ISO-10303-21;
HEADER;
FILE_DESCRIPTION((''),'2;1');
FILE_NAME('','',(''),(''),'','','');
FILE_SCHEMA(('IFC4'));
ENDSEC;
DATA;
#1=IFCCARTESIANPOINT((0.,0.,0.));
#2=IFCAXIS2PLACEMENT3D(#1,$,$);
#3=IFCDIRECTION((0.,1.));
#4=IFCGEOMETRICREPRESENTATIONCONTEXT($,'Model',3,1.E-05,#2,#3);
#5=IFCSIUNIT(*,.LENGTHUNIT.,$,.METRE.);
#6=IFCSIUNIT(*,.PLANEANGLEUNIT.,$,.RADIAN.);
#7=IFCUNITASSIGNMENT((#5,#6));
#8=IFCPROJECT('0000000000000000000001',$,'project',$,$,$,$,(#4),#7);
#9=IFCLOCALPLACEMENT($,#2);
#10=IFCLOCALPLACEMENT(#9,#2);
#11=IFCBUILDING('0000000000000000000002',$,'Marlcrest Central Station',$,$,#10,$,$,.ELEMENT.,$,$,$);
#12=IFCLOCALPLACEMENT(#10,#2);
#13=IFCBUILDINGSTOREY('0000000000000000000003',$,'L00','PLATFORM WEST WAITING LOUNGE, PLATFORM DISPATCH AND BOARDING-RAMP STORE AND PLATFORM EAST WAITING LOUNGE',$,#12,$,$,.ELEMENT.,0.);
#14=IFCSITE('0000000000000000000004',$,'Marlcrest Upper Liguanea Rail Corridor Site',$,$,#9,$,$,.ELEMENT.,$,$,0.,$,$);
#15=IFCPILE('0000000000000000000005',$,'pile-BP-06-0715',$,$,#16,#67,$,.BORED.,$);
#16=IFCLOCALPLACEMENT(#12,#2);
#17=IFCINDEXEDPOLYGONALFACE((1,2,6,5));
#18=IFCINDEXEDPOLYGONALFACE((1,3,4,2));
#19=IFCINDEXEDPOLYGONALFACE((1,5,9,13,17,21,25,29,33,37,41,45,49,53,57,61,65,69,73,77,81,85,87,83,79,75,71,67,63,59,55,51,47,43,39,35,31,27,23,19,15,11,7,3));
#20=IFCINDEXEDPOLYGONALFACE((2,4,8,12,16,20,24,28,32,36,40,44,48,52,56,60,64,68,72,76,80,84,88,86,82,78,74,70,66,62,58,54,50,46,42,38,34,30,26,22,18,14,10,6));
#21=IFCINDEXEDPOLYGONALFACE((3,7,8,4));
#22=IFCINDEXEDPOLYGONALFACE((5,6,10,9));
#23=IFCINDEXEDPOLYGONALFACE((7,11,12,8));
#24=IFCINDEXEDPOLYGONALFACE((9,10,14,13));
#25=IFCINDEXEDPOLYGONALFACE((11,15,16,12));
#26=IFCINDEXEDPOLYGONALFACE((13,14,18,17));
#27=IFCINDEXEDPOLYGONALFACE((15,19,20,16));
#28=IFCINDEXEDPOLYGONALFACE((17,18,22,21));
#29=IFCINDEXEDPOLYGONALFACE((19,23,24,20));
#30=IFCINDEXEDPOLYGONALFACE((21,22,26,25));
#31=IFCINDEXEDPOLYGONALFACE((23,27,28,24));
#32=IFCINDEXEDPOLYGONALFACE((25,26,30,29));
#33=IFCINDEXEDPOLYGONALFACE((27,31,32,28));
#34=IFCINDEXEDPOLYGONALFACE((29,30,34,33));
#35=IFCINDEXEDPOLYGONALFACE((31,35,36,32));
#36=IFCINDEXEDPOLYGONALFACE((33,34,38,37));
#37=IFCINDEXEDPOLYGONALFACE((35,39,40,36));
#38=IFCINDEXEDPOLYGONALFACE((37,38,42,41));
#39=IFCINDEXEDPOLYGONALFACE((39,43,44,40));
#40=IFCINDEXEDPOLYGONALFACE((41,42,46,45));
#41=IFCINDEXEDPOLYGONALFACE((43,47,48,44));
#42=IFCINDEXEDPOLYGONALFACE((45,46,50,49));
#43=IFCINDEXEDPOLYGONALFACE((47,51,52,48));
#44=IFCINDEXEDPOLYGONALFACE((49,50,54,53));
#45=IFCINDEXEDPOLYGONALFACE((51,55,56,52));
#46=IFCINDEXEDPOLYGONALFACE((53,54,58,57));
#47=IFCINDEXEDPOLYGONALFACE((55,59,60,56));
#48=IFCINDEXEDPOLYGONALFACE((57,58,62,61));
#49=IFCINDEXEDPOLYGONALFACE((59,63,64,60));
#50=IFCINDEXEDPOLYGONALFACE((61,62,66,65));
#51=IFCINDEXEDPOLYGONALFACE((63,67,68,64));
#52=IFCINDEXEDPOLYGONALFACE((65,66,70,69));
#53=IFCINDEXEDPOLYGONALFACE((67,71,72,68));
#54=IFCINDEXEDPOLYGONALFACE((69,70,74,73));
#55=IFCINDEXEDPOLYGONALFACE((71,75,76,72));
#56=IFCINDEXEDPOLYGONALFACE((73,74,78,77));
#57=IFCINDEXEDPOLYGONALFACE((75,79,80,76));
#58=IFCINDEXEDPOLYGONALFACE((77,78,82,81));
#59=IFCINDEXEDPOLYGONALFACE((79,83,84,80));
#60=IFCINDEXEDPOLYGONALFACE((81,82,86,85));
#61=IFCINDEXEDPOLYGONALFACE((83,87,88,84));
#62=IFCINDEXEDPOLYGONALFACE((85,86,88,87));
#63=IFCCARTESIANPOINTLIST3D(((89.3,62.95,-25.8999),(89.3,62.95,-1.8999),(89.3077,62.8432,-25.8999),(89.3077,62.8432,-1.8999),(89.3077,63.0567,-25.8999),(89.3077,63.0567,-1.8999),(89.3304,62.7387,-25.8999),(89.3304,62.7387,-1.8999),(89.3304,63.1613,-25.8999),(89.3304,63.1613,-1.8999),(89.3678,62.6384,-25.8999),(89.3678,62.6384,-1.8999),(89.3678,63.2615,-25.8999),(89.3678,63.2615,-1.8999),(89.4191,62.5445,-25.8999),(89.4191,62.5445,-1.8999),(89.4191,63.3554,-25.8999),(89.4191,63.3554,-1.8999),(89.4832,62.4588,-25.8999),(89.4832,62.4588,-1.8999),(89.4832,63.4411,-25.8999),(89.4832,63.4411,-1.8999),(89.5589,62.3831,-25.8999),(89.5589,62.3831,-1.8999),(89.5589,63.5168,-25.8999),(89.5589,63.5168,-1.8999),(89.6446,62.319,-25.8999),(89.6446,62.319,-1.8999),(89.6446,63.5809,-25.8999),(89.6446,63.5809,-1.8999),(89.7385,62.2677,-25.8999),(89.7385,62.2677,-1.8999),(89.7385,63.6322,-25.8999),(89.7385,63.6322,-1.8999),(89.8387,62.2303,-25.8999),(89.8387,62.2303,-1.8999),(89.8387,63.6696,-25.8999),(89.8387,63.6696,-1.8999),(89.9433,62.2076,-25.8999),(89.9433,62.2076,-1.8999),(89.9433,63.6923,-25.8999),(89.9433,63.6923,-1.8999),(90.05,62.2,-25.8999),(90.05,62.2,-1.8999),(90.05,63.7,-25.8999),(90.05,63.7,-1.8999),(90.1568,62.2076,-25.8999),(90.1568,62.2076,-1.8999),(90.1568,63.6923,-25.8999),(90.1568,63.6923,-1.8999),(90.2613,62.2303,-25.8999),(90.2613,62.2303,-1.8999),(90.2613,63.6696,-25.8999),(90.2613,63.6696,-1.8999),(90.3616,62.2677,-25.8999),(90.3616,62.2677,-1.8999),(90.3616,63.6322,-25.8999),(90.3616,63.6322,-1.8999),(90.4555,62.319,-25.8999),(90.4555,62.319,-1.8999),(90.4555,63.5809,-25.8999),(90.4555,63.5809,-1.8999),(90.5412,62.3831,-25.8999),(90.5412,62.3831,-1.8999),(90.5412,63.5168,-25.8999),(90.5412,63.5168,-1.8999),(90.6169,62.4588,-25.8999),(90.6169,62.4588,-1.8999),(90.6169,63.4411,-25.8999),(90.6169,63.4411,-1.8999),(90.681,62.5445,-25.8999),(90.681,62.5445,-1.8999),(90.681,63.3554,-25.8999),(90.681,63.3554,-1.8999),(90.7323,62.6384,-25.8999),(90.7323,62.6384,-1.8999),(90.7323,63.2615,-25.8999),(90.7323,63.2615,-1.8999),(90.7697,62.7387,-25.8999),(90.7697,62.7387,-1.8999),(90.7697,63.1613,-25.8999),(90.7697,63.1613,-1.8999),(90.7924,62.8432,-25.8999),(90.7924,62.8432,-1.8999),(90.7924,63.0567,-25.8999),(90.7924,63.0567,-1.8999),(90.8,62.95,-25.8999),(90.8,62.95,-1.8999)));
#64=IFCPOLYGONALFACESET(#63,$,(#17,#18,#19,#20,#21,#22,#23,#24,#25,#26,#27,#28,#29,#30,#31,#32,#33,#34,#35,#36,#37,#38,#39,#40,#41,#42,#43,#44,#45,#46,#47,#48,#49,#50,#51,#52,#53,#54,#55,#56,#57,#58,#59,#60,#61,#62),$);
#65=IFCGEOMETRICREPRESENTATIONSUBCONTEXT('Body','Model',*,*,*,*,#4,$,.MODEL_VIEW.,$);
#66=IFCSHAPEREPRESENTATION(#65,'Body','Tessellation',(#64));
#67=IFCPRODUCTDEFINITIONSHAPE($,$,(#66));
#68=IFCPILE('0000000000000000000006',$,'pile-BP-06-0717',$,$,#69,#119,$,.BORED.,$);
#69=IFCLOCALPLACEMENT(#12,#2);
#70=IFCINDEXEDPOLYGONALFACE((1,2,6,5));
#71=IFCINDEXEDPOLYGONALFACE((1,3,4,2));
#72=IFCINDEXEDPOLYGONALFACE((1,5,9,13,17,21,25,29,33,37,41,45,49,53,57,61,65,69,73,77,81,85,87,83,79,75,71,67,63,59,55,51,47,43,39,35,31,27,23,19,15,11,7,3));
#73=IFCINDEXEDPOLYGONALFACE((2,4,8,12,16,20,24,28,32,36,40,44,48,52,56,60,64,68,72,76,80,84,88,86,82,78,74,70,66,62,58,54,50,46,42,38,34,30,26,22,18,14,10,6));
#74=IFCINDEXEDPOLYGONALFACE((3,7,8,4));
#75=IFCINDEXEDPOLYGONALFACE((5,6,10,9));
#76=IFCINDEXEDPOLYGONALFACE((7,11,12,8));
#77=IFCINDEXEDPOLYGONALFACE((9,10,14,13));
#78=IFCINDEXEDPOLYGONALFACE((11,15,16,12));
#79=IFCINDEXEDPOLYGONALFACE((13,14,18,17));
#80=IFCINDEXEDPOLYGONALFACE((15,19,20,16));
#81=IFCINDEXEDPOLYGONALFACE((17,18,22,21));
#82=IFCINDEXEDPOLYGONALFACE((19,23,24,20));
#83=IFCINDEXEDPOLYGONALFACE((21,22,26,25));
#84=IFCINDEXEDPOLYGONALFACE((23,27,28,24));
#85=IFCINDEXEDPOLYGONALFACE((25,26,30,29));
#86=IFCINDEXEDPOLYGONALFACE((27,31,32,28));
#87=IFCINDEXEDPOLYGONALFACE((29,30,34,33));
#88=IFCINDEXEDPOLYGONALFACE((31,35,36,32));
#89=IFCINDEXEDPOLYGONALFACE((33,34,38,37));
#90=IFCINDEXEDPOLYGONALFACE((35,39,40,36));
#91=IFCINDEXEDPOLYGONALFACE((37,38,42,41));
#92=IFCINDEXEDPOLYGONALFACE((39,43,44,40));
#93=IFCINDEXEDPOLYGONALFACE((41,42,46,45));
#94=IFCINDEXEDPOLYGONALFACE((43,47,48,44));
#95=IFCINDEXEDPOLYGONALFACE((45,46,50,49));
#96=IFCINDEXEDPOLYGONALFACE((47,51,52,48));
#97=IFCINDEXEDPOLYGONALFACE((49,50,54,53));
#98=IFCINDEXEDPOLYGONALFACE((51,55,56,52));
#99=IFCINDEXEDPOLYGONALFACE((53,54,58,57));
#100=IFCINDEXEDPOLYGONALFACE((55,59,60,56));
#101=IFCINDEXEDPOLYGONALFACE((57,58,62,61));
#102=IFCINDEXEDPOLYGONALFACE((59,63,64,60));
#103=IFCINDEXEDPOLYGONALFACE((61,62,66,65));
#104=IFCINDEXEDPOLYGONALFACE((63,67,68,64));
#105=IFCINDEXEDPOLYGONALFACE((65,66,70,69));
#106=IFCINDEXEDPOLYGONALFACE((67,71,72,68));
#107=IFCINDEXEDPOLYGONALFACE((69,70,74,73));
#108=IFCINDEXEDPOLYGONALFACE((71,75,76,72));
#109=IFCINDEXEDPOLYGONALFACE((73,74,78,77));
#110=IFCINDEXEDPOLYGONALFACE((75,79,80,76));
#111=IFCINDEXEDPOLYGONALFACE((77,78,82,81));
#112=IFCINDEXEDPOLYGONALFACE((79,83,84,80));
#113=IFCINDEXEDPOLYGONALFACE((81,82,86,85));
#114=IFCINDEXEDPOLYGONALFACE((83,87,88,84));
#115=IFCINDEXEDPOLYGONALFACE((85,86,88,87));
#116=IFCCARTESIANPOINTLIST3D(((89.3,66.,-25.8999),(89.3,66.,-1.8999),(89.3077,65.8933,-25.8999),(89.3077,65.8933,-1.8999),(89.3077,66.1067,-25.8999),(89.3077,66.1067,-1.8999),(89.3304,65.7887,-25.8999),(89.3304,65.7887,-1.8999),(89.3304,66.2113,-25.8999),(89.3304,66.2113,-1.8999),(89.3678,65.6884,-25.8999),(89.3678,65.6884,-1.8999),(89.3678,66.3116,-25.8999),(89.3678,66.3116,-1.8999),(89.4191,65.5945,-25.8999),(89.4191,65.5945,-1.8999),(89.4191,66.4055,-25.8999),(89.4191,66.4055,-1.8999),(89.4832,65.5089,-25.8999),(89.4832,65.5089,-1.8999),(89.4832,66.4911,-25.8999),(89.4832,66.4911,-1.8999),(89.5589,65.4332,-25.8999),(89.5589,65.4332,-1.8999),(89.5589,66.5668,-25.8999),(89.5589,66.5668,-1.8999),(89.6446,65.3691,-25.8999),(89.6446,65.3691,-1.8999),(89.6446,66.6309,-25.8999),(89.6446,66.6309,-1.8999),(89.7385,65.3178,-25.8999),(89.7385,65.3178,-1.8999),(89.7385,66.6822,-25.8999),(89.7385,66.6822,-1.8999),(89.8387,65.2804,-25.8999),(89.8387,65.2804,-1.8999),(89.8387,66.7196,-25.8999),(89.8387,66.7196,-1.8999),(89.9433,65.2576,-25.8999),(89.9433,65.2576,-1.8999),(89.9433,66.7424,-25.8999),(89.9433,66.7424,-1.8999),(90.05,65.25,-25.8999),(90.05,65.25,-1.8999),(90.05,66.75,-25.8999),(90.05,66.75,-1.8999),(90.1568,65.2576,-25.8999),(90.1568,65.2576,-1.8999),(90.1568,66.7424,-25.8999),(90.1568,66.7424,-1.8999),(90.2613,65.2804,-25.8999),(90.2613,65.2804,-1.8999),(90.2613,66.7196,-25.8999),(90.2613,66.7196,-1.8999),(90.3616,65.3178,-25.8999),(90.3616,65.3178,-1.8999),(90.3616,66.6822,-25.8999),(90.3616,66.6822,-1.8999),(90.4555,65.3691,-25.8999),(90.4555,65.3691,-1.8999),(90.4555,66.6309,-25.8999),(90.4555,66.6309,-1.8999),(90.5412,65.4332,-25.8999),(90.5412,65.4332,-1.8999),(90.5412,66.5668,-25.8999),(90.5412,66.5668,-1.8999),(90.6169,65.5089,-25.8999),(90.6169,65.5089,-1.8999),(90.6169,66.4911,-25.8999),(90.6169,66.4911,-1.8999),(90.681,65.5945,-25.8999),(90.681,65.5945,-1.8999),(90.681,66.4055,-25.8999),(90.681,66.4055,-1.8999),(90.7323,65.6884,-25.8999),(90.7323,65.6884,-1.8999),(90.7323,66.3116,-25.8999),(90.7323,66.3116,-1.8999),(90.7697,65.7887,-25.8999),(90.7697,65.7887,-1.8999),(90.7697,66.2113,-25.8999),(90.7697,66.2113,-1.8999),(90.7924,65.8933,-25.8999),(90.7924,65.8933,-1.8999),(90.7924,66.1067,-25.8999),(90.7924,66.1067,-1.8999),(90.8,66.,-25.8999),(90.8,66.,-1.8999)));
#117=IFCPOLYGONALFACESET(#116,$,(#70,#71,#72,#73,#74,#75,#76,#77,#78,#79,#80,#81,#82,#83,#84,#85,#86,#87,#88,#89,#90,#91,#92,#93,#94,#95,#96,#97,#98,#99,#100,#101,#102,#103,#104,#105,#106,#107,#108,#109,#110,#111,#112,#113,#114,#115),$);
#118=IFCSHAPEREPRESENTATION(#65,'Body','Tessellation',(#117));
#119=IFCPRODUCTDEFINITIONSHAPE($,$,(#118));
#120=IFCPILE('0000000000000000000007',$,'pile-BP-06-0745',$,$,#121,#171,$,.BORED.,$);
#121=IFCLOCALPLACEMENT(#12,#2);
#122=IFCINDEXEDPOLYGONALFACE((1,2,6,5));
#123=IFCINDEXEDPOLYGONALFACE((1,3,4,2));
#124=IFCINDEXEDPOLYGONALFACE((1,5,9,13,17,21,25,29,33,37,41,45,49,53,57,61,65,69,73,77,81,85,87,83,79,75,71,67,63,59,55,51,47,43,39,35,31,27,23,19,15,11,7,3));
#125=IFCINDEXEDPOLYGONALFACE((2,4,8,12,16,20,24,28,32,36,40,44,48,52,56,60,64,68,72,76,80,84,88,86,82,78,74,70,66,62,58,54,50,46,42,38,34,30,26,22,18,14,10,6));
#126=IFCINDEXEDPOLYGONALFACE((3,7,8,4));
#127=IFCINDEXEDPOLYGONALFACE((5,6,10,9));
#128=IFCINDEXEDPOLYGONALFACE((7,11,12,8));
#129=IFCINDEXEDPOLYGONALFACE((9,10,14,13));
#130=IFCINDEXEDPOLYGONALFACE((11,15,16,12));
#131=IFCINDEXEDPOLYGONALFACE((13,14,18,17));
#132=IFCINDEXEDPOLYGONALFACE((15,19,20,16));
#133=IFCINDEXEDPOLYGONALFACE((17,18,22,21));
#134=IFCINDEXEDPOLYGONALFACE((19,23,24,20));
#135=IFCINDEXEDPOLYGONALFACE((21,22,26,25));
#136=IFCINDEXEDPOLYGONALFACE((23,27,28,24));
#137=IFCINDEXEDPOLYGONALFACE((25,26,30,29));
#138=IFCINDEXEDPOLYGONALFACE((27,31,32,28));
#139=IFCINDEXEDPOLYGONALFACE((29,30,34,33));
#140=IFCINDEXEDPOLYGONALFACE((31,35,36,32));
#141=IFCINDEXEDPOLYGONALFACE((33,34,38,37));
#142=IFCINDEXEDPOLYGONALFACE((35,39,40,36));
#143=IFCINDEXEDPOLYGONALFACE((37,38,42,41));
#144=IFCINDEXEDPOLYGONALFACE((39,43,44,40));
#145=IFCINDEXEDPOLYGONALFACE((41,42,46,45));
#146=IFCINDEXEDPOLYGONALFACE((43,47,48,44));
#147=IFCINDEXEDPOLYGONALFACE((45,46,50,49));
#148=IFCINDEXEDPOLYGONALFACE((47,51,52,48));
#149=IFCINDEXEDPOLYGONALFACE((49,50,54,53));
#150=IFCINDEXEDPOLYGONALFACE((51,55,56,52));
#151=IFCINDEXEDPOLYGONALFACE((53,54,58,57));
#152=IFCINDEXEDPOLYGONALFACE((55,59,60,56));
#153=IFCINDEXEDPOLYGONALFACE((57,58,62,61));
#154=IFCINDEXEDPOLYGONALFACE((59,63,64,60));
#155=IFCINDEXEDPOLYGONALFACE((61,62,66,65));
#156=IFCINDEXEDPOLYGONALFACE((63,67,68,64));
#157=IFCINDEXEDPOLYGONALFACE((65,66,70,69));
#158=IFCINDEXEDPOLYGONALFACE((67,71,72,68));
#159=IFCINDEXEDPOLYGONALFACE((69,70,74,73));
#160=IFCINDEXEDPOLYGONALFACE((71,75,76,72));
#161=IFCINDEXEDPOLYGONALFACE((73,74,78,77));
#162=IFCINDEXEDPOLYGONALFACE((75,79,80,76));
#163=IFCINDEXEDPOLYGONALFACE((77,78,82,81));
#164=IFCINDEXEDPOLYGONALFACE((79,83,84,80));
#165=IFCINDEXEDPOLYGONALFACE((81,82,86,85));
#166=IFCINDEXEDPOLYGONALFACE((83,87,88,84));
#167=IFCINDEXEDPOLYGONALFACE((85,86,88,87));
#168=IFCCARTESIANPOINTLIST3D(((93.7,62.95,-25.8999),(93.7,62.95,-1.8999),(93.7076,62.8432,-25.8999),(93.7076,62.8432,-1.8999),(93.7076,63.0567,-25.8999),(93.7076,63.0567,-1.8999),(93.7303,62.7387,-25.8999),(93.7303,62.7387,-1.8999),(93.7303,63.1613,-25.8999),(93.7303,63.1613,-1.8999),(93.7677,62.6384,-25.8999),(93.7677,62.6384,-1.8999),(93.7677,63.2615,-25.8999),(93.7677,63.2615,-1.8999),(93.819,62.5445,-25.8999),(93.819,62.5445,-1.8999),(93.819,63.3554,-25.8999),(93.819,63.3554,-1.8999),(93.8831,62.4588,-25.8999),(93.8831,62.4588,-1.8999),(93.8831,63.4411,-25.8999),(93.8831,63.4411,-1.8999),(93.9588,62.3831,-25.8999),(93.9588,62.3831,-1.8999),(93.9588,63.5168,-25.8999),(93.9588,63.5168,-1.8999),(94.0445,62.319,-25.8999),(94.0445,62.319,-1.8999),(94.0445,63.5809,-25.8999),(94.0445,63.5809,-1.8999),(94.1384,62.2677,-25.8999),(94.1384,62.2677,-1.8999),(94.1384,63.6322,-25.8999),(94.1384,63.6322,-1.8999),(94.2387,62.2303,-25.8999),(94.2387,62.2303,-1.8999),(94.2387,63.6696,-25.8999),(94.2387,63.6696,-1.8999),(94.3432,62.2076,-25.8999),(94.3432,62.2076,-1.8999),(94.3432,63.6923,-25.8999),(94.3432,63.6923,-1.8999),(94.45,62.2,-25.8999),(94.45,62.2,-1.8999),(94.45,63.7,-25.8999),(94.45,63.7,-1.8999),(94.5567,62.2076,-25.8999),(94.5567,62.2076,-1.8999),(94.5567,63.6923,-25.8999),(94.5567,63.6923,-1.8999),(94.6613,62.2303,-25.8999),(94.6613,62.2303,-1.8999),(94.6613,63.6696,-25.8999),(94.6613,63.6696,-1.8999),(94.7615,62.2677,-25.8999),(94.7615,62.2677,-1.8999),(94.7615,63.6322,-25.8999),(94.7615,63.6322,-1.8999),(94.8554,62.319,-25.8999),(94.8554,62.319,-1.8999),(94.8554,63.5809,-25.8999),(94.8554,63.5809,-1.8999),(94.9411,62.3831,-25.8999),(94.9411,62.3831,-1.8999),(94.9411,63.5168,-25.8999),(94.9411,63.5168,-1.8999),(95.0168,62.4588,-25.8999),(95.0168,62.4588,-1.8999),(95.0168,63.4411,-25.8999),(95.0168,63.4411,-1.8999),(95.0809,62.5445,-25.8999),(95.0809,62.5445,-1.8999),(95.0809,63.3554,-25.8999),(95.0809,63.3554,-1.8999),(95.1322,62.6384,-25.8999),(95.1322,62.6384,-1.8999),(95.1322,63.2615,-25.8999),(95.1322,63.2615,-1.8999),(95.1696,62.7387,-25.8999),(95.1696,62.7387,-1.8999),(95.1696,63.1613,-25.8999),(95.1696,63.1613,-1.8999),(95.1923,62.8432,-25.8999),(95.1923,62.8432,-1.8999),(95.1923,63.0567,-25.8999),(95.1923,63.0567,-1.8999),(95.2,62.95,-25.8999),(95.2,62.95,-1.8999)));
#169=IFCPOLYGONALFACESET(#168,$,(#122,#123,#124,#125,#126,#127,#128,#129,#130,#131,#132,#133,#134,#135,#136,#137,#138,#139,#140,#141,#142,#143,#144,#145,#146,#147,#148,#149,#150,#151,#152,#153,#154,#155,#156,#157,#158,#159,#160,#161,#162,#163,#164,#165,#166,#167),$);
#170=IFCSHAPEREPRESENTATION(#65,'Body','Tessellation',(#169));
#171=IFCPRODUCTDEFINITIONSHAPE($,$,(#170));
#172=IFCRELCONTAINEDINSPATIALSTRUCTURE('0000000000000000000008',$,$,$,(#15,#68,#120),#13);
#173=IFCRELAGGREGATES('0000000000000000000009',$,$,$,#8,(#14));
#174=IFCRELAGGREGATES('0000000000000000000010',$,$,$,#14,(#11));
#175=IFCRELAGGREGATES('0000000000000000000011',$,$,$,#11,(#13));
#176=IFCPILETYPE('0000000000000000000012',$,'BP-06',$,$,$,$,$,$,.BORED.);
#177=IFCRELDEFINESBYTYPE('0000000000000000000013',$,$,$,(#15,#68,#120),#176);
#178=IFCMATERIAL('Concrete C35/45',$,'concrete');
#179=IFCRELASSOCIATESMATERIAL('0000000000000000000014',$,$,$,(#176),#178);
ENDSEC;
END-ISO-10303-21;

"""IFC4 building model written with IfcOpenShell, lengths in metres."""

from ifc_helpers import new_model, si_unit, direction, frame, origin, origin_2d, place, context, subcontext, project, spatial, circle, extrude, material, material_profile, profile_set, type_object, element, save


model = new_model("IFC4")

# Units and contexts
model_context = context("Model", 3, precision=1e-05, world=origin(), true_north=direction((0.0, 1.0)))
body_context = subcontext(model_context, "Body", "Model", "MODEL_VIEW")
ifc_project = project(units=[si_unit("LENGTHUNIT", "METRE"), si_unit("PLANEANGLEUNIT", "RADIAN")], contexts=[model_context])

# Site, building, storey
site_placement = place(None, origin())
site = spatial("IfcSite", under=ifc_project, at=site_placement, Name="Marlcrest Upper Liguanea Rail Corridor Site", CompositionType="ELEMENT", RefElevation=0.0)
building_placement = place(site_placement, origin())
building = spatial("IfcBuilding", under=site, at=building_placement, Name="Marlcrest Central Station", CompositionType="ELEMENT")
storey_placement = place(building_placement, origin())
storey = spatial("IfcBuildingStorey", under=building, at=storey_placement, Name="L00", Description="PLATFORM WEST WAITING LOUNGE, PLATFORM DISPATCH AND BOARDING-RAMP STORE AND PLATFORM EAST WAITING LOUNGE", CompositionType="ELEMENT", Elevation=0.0)

# Piles
ifc_material_1 = material(Name="Concrete C35/45", Category="concrete")
ifc_material_profile_1 = material_profile(ifc_material_1, circle(Radius=0.75, at=origin_2d()), Name="PILE D1500")
ifc_profile_set_1 = profile_set([ifc_material_profile_1], Name="Concrete C35/45")
pile_type = type_object("IfcPileType", Name="BP-06", PredefinedType="BORED", material=ifc_profile_set_1)
for number, where, z_axis, x_axis, name in (
    (1, (90.05, 62.95, -1.8999), (0.0, 0.0, -1.0), (1.0, 0.0, 0.0), "pile-BP-06-0715"),
    (2, (90.05, 66.0, -1.8999), (0.0, 0.0, -1.0), (1.0, 0.0, 0.0), "pile-BP-06-0717"),
    (3, (94.45, 62.95, -1.8999), (0.0, 0.0, -1.0), (1.0, 0.0, 0.0), "pile-BP-06-0745"),
):
    element("IfcPile", number, at=place(storey_placement, frame(where, z_axis=z_axis, x_axis=x_axis)), inside=storey, type_object=pile_type, Name=name, PredefinedType="BORED", context=body_context, shape_type="SweptSolid", body=[
        extrude(circle(Radius=0.75, at=origin_2d()), origin(), (0.0, 0.0, 1.0), 24.0),
    ])

save(model, "model.ifc")
